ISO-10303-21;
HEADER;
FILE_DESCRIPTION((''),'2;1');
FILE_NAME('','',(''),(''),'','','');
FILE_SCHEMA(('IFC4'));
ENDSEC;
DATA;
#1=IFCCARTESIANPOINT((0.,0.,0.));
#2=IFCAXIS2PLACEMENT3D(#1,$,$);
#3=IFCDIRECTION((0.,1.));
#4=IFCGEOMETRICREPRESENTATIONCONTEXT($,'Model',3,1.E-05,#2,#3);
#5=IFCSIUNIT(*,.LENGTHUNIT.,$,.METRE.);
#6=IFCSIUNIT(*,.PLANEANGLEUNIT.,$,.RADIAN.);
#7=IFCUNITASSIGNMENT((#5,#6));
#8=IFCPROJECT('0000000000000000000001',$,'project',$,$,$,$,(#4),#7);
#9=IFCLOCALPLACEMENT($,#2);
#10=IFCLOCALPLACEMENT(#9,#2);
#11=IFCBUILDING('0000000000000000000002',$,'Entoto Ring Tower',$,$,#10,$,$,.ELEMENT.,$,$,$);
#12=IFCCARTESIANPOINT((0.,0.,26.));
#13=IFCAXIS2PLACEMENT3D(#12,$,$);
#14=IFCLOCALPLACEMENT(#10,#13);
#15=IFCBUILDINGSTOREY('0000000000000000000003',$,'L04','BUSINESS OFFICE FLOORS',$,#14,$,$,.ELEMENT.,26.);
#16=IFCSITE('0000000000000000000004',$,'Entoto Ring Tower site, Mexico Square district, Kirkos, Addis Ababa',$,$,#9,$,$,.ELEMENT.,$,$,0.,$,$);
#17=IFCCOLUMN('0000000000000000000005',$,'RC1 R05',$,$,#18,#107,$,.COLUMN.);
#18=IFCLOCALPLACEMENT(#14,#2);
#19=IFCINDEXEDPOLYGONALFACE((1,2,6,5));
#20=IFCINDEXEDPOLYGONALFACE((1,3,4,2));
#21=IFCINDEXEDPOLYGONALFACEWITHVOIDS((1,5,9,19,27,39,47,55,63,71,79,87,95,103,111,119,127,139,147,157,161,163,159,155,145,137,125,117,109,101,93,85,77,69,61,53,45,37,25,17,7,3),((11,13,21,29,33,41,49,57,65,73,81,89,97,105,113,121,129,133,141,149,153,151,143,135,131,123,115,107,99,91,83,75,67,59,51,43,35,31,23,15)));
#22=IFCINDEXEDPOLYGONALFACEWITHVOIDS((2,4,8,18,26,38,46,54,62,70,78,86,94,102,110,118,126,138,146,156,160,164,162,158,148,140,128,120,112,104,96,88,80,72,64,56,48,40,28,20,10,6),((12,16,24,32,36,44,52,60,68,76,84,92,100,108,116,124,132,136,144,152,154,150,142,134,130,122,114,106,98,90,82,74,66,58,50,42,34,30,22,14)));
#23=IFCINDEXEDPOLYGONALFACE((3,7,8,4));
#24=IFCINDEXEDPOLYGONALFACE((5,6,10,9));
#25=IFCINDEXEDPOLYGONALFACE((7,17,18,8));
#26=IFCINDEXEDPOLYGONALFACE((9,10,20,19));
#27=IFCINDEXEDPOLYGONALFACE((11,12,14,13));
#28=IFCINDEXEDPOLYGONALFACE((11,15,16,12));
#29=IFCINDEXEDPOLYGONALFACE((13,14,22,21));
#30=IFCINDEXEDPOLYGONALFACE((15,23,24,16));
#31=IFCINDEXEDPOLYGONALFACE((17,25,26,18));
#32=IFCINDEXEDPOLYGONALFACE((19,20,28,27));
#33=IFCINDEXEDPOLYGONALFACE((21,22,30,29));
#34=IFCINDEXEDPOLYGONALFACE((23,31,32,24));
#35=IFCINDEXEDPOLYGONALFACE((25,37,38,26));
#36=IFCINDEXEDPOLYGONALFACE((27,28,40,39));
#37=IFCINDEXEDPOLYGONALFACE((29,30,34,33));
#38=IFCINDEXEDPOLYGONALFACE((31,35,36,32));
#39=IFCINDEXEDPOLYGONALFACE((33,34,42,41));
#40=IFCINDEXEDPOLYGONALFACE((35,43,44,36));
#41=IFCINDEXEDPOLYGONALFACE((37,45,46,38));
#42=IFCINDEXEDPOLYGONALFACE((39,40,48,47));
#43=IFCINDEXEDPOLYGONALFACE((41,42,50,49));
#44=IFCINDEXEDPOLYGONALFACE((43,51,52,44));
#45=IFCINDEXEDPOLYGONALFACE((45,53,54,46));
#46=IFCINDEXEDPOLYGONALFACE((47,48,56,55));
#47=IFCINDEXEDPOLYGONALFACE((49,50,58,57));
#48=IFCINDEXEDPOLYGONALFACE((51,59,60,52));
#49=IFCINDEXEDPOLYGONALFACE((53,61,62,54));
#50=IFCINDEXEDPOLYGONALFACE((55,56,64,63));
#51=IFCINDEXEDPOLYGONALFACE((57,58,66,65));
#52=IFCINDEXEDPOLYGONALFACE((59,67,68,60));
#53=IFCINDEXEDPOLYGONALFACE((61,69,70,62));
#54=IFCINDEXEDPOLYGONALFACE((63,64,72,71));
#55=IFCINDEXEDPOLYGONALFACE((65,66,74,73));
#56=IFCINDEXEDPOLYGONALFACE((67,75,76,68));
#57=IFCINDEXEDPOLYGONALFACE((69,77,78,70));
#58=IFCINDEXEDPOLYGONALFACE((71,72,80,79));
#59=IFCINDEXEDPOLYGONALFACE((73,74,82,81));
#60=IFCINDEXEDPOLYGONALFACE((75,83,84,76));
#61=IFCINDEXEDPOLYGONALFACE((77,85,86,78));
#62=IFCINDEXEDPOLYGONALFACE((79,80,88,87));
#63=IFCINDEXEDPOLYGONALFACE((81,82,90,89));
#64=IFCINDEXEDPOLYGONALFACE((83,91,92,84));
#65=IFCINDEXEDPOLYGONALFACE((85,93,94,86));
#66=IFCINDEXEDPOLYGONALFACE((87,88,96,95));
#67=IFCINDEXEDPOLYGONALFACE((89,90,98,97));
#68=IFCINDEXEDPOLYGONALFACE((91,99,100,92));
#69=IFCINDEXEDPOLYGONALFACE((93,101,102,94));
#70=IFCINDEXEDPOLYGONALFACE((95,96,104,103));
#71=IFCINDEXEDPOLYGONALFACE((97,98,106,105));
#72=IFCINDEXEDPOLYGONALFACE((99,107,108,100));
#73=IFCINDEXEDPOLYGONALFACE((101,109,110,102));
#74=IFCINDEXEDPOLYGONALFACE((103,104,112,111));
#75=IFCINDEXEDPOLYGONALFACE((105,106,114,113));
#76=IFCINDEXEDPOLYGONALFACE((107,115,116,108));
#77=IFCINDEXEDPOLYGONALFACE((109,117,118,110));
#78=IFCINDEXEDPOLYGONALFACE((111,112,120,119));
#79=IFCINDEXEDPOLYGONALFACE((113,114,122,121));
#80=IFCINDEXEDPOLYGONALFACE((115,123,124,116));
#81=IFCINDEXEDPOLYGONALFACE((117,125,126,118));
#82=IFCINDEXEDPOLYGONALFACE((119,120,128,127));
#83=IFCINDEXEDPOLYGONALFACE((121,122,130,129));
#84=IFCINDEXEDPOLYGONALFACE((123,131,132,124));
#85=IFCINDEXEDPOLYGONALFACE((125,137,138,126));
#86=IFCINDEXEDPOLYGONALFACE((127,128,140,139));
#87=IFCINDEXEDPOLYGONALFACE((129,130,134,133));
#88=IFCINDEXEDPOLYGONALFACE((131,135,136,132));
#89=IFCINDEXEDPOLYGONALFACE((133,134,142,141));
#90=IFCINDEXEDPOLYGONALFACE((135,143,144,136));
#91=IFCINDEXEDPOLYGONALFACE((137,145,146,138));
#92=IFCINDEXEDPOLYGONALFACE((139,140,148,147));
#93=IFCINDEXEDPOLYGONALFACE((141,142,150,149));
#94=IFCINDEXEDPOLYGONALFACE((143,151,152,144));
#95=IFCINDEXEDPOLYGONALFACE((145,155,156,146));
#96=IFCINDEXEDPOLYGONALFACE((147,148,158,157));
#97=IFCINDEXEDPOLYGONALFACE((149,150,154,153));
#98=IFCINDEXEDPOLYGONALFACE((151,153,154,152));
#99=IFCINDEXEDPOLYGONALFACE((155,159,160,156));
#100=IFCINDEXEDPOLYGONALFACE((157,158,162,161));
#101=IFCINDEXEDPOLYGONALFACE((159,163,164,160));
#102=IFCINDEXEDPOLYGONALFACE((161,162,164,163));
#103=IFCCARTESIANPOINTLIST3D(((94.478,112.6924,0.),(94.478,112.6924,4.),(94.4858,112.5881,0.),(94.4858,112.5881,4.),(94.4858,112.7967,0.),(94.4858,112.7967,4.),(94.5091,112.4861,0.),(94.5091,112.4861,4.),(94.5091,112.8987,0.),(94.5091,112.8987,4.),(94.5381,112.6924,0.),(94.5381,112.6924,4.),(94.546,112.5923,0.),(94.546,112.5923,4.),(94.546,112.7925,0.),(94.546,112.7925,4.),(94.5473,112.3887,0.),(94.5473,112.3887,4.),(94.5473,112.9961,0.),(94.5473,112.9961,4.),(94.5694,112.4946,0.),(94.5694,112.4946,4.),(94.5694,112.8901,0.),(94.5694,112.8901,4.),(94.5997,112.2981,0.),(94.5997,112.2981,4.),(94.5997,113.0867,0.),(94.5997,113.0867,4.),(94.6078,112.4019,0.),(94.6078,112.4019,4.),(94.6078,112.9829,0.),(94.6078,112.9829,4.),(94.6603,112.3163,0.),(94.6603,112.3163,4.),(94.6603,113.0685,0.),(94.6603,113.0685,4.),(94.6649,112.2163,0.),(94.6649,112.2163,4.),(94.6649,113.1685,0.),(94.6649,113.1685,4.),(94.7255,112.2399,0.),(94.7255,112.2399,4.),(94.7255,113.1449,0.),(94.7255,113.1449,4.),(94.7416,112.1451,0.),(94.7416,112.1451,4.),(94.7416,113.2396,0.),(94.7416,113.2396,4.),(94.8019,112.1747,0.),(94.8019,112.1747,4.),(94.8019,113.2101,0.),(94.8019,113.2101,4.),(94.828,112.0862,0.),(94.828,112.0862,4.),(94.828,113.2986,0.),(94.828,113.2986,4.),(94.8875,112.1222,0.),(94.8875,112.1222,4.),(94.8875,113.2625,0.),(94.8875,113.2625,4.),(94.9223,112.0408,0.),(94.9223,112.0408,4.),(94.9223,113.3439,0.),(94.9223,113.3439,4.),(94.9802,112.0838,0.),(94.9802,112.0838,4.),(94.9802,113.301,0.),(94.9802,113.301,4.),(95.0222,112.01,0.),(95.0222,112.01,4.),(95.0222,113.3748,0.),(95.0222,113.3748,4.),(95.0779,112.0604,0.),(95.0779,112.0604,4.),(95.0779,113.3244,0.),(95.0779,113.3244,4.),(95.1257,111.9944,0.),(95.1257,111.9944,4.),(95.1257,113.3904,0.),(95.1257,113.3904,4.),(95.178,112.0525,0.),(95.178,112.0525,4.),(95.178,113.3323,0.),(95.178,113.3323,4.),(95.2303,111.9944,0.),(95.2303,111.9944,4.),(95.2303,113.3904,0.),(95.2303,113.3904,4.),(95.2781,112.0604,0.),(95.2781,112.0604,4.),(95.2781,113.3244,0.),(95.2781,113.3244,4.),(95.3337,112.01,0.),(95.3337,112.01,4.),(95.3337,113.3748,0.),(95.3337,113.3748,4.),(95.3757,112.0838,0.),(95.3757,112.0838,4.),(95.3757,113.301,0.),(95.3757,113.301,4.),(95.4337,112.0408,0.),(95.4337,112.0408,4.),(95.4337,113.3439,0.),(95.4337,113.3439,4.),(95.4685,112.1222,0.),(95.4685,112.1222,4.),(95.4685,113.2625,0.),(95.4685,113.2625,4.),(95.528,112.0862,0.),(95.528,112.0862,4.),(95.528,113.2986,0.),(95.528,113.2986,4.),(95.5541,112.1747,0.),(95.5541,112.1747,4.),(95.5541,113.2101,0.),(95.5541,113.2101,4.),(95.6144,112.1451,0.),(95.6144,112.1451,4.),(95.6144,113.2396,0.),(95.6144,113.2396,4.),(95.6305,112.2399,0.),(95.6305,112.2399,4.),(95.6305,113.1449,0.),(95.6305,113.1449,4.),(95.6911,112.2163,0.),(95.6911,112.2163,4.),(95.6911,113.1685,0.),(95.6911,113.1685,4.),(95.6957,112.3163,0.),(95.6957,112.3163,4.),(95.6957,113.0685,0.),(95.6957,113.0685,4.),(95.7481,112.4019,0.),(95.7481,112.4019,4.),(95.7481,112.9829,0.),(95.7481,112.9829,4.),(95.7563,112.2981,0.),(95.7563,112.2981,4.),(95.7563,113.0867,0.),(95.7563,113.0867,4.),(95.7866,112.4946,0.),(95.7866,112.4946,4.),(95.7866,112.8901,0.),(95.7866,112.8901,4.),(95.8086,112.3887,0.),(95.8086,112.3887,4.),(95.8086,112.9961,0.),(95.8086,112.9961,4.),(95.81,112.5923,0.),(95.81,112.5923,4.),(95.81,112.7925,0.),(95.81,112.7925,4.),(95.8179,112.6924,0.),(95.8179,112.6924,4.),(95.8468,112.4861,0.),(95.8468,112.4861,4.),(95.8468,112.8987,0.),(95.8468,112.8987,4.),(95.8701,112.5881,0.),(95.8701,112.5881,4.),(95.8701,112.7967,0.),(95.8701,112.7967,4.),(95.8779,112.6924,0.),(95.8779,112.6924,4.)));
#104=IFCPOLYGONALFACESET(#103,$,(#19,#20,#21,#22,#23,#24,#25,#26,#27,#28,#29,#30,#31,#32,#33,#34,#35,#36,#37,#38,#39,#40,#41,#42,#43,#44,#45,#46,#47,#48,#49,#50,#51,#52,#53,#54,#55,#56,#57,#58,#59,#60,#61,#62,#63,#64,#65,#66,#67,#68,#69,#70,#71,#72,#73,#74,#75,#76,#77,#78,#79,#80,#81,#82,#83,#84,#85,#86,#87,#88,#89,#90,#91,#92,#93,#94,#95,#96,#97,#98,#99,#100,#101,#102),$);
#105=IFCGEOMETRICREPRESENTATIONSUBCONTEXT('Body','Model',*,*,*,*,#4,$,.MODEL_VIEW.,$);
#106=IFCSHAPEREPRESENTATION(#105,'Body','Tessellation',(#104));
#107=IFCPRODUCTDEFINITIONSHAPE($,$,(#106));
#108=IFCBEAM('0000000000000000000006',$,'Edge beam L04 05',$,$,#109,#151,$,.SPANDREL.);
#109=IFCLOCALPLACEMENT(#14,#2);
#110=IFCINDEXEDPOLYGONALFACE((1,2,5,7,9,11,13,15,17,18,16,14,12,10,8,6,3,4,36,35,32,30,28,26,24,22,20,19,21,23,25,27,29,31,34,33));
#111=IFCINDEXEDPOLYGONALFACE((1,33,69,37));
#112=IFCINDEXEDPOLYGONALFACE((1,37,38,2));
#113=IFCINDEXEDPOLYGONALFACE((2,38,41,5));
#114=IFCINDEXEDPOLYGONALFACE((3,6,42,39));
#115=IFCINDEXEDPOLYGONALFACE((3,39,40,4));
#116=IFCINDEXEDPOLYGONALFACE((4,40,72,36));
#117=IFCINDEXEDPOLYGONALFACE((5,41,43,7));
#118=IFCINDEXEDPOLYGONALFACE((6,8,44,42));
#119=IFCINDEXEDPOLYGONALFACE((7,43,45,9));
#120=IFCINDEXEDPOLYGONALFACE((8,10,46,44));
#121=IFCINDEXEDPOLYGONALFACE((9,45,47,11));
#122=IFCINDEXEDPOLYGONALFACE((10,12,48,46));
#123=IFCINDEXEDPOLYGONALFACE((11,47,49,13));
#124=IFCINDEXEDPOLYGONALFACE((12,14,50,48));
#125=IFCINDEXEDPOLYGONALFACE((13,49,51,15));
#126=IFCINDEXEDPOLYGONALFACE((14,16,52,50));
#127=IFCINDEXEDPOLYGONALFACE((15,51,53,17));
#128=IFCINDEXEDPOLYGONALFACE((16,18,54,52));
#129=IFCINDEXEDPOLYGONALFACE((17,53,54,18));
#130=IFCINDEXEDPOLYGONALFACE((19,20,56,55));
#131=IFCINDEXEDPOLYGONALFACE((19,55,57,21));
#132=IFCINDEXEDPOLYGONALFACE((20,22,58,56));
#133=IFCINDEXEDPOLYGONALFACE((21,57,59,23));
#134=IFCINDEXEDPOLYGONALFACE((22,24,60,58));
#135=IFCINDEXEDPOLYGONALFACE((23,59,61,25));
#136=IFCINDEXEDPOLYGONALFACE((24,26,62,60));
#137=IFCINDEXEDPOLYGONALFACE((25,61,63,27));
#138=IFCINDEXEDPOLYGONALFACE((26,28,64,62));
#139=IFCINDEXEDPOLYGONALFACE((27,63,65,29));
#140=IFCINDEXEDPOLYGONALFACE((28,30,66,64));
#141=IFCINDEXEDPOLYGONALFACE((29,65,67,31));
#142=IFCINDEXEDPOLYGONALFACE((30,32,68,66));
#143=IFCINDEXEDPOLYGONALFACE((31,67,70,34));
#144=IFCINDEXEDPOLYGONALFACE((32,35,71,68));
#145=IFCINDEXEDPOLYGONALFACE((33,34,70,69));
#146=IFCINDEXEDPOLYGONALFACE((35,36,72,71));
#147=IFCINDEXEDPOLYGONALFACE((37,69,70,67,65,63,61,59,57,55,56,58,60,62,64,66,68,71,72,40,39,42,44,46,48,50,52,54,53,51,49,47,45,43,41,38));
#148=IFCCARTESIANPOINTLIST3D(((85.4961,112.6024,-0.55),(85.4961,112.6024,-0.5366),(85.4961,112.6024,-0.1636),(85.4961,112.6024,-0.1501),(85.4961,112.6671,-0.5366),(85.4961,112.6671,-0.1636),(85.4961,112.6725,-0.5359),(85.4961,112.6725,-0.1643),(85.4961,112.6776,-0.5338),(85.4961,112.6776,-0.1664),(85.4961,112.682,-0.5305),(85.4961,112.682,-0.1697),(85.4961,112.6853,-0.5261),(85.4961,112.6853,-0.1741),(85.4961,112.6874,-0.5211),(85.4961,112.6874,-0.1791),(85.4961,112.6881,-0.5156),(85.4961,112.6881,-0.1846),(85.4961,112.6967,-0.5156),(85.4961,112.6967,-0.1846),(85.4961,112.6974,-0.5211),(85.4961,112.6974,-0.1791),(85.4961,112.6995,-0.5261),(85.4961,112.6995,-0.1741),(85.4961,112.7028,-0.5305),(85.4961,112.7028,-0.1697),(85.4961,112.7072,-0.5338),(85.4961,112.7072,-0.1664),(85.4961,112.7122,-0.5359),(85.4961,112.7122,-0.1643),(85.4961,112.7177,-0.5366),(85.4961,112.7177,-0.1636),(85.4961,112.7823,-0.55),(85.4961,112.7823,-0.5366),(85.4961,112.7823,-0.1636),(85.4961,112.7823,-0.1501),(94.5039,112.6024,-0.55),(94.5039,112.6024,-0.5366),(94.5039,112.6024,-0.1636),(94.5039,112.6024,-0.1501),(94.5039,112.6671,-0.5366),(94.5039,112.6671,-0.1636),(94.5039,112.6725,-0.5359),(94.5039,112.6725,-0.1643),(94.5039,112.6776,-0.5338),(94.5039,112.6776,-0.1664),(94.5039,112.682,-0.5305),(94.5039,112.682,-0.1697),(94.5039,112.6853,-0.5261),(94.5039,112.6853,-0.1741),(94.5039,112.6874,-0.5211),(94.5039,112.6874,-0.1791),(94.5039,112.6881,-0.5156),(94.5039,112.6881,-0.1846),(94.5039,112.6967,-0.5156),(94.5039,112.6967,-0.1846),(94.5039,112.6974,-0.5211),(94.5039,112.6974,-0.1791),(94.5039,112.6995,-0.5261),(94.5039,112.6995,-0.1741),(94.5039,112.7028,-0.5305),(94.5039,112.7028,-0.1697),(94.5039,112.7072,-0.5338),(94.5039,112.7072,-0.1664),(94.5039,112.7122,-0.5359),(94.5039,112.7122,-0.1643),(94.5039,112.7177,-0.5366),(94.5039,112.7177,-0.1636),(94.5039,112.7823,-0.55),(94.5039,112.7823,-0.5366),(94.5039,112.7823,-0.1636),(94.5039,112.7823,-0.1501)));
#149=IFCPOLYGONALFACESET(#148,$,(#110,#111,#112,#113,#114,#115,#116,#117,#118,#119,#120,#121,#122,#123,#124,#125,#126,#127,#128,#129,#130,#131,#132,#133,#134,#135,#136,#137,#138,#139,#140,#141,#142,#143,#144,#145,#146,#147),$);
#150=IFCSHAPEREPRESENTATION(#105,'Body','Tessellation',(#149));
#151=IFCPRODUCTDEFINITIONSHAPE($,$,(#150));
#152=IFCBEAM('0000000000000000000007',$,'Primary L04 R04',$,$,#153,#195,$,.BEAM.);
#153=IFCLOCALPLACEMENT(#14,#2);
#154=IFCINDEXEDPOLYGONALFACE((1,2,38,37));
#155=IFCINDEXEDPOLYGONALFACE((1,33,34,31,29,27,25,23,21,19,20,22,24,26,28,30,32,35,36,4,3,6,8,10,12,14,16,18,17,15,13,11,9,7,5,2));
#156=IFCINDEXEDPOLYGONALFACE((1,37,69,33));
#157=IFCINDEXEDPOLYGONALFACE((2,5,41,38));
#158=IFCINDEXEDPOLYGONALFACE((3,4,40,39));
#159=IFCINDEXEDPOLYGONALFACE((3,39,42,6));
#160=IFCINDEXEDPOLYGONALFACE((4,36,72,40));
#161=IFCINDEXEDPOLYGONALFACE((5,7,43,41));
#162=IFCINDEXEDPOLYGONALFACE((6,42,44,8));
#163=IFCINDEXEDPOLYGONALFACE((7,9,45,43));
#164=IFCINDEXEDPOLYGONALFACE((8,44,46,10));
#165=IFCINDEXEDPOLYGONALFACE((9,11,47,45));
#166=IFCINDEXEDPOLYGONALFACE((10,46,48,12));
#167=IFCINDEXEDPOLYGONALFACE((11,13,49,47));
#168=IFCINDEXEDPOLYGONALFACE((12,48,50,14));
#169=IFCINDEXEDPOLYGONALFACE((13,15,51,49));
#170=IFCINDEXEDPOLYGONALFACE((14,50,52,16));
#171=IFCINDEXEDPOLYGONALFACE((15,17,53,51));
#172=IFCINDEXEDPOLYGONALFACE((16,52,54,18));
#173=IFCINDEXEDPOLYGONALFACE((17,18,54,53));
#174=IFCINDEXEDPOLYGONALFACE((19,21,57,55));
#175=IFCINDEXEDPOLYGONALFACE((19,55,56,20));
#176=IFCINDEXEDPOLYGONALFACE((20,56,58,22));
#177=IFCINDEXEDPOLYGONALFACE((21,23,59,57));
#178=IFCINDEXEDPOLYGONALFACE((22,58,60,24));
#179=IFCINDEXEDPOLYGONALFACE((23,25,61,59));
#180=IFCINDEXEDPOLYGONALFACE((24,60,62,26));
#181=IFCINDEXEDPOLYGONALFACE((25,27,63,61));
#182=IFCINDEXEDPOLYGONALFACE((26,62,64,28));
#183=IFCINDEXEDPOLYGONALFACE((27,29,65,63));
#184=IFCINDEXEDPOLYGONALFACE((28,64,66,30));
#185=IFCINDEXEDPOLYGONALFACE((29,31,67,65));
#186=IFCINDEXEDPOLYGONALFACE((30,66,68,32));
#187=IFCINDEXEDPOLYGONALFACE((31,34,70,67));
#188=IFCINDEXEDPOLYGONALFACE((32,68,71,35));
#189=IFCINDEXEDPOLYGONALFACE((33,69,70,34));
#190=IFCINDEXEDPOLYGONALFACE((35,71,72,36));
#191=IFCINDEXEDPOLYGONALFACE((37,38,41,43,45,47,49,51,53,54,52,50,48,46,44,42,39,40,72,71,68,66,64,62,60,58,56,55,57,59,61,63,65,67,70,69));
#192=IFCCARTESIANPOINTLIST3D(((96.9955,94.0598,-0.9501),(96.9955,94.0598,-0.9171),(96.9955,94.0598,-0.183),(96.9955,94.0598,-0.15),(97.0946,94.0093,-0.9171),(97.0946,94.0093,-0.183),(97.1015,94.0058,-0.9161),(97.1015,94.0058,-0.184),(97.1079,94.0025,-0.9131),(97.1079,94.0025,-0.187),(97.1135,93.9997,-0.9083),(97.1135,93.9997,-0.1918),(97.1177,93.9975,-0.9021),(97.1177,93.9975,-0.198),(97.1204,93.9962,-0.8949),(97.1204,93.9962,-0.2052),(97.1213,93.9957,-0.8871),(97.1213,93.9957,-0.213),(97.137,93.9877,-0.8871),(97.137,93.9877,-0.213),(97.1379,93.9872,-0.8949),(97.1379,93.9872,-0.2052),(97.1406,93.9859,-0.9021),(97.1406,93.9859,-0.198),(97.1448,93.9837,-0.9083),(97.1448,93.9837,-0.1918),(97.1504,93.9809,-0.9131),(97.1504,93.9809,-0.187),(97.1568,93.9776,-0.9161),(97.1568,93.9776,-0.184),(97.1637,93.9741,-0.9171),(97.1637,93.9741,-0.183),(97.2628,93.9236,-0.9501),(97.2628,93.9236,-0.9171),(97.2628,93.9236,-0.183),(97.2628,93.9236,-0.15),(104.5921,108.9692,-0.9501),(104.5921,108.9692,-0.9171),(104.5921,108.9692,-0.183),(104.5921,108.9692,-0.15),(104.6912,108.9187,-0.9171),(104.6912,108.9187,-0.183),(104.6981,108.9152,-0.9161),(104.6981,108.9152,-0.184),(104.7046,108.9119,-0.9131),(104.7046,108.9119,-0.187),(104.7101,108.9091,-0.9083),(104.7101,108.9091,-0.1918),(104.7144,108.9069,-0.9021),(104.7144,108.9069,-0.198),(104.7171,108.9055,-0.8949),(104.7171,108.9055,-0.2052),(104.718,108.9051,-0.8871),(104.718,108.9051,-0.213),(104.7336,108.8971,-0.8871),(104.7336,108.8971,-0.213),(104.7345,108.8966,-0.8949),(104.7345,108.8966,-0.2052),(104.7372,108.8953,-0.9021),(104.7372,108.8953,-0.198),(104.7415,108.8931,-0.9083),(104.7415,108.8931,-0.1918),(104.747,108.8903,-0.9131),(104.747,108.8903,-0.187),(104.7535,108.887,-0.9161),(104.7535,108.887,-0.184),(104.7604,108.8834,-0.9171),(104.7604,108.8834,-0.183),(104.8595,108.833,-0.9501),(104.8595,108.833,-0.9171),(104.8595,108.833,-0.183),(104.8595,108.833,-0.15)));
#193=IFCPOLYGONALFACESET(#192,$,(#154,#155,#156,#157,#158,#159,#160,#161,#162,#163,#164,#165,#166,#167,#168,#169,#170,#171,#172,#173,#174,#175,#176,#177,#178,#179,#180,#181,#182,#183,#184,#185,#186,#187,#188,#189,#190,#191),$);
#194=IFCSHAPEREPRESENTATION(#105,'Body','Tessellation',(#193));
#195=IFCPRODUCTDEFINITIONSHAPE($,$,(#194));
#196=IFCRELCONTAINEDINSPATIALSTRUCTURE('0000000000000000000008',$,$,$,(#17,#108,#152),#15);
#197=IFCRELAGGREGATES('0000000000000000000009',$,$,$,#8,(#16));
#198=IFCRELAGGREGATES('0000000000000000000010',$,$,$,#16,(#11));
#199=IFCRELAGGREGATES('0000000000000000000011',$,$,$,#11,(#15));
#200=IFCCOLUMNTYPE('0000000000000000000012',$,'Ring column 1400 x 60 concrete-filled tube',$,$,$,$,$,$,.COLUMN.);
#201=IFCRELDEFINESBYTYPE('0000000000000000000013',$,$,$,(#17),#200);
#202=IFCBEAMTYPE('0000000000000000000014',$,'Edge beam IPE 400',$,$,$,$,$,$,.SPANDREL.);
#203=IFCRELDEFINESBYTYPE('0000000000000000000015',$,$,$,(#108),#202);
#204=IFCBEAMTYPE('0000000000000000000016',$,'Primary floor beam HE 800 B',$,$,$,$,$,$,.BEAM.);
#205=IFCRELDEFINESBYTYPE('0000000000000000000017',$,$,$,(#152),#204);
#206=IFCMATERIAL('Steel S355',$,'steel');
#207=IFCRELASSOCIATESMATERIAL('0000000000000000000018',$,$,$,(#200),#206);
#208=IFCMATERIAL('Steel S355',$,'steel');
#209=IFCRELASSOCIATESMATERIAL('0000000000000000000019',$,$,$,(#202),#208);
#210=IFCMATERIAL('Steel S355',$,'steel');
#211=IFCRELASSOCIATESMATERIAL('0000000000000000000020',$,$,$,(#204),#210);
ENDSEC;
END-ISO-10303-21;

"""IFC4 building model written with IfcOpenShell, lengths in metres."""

from ifc_helpers import new_model, si_unit, direction, frame, origin, origin_2d, place, context, subcontext, project, spatial, circle, hollow_circle, i_section, extrude, material, material_profile, profile_set, type_object, element, save


model = new_model("IFC4")

# Units and contexts
model_context = context("Model", 3, precision=1e-05, world=origin(), true_north=direction((0.0, 1.0)))
body_context = subcontext(model_context, "Body", "Model", "MODEL_VIEW")
ifc_project = project(units=[si_unit("LENGTHUNIT", "METRE"), si_unit("PLANEANGLEUNIT", "RADIAN")], contexts=[model_context])

# Site, building, storey
site_placement = place(None, origin())
site = spatial("IfcSite", under=ifc_project, at=site_placement, Name="Entoto Ring Tower site, Mexico Square district, Kirkos, Addis Ababa", CompositionType="ELEMENT", RefElevation=0.0)
building_placement = place(site_placement, origin())
building = spatial("IfcBuilding", under=site, at=building_placement, Name="Entoto Ring Tower", CompositionType="ELEMENT")
storey_placement = place(building_placement, frame((0.0, 0.0, 26.0)))
storey = spatial("IfcBuildingStorey", under=building, at=storey_placement, Name="L04", Description="BUSINESS OFFICE FLOORS", CompositionType="ELEMENT", Elevation=26.0)

# Column
ifc_material_1 = material(Name="Steel S355", Category="steel")
ifc_material_profile_1 = material_profile(ifc_material_1, hollow_circle(Radius=0.7, WallThickness=0.0601, at=origin_2d()), Name="CHS 1400 x 60")
ifc_material_2 = material(Name="Concrete C60/75", Category="concrete")
ifc_material_profile_2 = material_profile(ifc_material_2, circle(Radius=0.6399, at=origin_2d()), Name="Concrete C60/75 infill")
ifc_profile_set_1 = profile_set([ifc_material_profile_1, ifc_material_profile_2], Name="Steel S355")
column_type = type_object("IfcColumnType", Name="Ring column 1400 x 60 concrete-filled tube", PredefinedType="COLUMN", material=ifc_profile_set_1)
column_placement = place(storey_placement, frame((95.178, 112.6924, 0.0), z_axis=(0.0, 0.0, 1.0), x_axis=(1.0, 0.0, 0.0)))
element("IfcColumn", 1, at=column_placement, inside=storey, type_object=column_type, Name="RC1 R05", PredefinedType="COLUMN", context=body_context, shape_type="SweptSolid", body=[
    extrude(hollow_circle(Radius=0.7, WallThickness=0.0601, at=origin_2d()), origin(), (0.0, 0.0, 1.0), 4.0),
])

# Beams
ifc_material_3 = material(Name="Steel S355", Category="steel")
ifc_material_profile_3 = material_profile(ifc_material_3, i_section(OverallWidth=0.1799, OverallDepth=0.3999, WebThickness=0.0085, FlangeThickness=0.0134, FilletRadius=0.021, at=origin_2d()), Name="IPE 400")
ifc_profile_set_2 = profile_set([ifc_material_profile_3], Name="Steel S355")
beam_type_1 = type_object("IfcBeamType", Name="Edge beam IPE 400", PredefinedType="SPANDREL", material=ifc_profile_set_2)
beam_1_placement = place(storey_placement, frame((94.5039, 112.6924, -0.3501), z_axis=(-1.0, 0.0, 0.0), x_axis=(0.0, -1.0, 0.0)))
element("IfcBeam", 2, at=beam_1_placement, inside=storey, type_object=beam_type_1, Name="Edge beam L04 05", PredefinedType="SPANDREL", context=body_context, shape_type="SweptSolid", body=[
    extrude(i_section(OverallWidth=0.1799, OverallDepth=0.3999, WebThickness=0.0085, FlangeThickness=0.0134, FilletRadius=0.021, at=origin_2d()), origin(), (0.0, 0.0, 1.0), 9.0078),
])
ifc_material_4 = material(Name="Steel S355", Category="steel")
ifc_material_profile_4 = material_profile(ifc_material_4, i_section(OverallWidth=0.3, OverallDepth=0.8, WebThickness=0.0176, FlangeThickness=0.033, FilletRadius=0.03, at=origin_2d()), Name="HE 800 B")
ifc_profile_set_3 = profile_set([ifc_material_profile_4], Name="Steel S355")
beam_type_2 = type_object("IfcBeamType", Name="Primary floor beam HE 800 B", PredefinedType="BEAM", material=ifc_profile_set_3)
beam_2_placement = place(storey_placement, frame((97.1292, 93.9917, -0.55), z_axis=(0.453988, 0.891008, 0.0), x_axis=(-0.891008, 0.453988, 0.0)))
element("IfcBeam", 3, at=beam_2_placement, inside=storey, type_object=beam_type_2, Name="Primary L04 R04", PredefinedType="BEAM", context=body_context, shape_type="SweptSolid", body=[
    extrude(i_section(OverallWidth=0.3, OverallDepth=0.8, WebThickness=0.0176, FlangeThickness=0.033, FilletRadius=0.03, at=origin_2d()), origin(), (0.0, 0.0, 1.0), 16.7332),
])

save(model, "model.ifc")
